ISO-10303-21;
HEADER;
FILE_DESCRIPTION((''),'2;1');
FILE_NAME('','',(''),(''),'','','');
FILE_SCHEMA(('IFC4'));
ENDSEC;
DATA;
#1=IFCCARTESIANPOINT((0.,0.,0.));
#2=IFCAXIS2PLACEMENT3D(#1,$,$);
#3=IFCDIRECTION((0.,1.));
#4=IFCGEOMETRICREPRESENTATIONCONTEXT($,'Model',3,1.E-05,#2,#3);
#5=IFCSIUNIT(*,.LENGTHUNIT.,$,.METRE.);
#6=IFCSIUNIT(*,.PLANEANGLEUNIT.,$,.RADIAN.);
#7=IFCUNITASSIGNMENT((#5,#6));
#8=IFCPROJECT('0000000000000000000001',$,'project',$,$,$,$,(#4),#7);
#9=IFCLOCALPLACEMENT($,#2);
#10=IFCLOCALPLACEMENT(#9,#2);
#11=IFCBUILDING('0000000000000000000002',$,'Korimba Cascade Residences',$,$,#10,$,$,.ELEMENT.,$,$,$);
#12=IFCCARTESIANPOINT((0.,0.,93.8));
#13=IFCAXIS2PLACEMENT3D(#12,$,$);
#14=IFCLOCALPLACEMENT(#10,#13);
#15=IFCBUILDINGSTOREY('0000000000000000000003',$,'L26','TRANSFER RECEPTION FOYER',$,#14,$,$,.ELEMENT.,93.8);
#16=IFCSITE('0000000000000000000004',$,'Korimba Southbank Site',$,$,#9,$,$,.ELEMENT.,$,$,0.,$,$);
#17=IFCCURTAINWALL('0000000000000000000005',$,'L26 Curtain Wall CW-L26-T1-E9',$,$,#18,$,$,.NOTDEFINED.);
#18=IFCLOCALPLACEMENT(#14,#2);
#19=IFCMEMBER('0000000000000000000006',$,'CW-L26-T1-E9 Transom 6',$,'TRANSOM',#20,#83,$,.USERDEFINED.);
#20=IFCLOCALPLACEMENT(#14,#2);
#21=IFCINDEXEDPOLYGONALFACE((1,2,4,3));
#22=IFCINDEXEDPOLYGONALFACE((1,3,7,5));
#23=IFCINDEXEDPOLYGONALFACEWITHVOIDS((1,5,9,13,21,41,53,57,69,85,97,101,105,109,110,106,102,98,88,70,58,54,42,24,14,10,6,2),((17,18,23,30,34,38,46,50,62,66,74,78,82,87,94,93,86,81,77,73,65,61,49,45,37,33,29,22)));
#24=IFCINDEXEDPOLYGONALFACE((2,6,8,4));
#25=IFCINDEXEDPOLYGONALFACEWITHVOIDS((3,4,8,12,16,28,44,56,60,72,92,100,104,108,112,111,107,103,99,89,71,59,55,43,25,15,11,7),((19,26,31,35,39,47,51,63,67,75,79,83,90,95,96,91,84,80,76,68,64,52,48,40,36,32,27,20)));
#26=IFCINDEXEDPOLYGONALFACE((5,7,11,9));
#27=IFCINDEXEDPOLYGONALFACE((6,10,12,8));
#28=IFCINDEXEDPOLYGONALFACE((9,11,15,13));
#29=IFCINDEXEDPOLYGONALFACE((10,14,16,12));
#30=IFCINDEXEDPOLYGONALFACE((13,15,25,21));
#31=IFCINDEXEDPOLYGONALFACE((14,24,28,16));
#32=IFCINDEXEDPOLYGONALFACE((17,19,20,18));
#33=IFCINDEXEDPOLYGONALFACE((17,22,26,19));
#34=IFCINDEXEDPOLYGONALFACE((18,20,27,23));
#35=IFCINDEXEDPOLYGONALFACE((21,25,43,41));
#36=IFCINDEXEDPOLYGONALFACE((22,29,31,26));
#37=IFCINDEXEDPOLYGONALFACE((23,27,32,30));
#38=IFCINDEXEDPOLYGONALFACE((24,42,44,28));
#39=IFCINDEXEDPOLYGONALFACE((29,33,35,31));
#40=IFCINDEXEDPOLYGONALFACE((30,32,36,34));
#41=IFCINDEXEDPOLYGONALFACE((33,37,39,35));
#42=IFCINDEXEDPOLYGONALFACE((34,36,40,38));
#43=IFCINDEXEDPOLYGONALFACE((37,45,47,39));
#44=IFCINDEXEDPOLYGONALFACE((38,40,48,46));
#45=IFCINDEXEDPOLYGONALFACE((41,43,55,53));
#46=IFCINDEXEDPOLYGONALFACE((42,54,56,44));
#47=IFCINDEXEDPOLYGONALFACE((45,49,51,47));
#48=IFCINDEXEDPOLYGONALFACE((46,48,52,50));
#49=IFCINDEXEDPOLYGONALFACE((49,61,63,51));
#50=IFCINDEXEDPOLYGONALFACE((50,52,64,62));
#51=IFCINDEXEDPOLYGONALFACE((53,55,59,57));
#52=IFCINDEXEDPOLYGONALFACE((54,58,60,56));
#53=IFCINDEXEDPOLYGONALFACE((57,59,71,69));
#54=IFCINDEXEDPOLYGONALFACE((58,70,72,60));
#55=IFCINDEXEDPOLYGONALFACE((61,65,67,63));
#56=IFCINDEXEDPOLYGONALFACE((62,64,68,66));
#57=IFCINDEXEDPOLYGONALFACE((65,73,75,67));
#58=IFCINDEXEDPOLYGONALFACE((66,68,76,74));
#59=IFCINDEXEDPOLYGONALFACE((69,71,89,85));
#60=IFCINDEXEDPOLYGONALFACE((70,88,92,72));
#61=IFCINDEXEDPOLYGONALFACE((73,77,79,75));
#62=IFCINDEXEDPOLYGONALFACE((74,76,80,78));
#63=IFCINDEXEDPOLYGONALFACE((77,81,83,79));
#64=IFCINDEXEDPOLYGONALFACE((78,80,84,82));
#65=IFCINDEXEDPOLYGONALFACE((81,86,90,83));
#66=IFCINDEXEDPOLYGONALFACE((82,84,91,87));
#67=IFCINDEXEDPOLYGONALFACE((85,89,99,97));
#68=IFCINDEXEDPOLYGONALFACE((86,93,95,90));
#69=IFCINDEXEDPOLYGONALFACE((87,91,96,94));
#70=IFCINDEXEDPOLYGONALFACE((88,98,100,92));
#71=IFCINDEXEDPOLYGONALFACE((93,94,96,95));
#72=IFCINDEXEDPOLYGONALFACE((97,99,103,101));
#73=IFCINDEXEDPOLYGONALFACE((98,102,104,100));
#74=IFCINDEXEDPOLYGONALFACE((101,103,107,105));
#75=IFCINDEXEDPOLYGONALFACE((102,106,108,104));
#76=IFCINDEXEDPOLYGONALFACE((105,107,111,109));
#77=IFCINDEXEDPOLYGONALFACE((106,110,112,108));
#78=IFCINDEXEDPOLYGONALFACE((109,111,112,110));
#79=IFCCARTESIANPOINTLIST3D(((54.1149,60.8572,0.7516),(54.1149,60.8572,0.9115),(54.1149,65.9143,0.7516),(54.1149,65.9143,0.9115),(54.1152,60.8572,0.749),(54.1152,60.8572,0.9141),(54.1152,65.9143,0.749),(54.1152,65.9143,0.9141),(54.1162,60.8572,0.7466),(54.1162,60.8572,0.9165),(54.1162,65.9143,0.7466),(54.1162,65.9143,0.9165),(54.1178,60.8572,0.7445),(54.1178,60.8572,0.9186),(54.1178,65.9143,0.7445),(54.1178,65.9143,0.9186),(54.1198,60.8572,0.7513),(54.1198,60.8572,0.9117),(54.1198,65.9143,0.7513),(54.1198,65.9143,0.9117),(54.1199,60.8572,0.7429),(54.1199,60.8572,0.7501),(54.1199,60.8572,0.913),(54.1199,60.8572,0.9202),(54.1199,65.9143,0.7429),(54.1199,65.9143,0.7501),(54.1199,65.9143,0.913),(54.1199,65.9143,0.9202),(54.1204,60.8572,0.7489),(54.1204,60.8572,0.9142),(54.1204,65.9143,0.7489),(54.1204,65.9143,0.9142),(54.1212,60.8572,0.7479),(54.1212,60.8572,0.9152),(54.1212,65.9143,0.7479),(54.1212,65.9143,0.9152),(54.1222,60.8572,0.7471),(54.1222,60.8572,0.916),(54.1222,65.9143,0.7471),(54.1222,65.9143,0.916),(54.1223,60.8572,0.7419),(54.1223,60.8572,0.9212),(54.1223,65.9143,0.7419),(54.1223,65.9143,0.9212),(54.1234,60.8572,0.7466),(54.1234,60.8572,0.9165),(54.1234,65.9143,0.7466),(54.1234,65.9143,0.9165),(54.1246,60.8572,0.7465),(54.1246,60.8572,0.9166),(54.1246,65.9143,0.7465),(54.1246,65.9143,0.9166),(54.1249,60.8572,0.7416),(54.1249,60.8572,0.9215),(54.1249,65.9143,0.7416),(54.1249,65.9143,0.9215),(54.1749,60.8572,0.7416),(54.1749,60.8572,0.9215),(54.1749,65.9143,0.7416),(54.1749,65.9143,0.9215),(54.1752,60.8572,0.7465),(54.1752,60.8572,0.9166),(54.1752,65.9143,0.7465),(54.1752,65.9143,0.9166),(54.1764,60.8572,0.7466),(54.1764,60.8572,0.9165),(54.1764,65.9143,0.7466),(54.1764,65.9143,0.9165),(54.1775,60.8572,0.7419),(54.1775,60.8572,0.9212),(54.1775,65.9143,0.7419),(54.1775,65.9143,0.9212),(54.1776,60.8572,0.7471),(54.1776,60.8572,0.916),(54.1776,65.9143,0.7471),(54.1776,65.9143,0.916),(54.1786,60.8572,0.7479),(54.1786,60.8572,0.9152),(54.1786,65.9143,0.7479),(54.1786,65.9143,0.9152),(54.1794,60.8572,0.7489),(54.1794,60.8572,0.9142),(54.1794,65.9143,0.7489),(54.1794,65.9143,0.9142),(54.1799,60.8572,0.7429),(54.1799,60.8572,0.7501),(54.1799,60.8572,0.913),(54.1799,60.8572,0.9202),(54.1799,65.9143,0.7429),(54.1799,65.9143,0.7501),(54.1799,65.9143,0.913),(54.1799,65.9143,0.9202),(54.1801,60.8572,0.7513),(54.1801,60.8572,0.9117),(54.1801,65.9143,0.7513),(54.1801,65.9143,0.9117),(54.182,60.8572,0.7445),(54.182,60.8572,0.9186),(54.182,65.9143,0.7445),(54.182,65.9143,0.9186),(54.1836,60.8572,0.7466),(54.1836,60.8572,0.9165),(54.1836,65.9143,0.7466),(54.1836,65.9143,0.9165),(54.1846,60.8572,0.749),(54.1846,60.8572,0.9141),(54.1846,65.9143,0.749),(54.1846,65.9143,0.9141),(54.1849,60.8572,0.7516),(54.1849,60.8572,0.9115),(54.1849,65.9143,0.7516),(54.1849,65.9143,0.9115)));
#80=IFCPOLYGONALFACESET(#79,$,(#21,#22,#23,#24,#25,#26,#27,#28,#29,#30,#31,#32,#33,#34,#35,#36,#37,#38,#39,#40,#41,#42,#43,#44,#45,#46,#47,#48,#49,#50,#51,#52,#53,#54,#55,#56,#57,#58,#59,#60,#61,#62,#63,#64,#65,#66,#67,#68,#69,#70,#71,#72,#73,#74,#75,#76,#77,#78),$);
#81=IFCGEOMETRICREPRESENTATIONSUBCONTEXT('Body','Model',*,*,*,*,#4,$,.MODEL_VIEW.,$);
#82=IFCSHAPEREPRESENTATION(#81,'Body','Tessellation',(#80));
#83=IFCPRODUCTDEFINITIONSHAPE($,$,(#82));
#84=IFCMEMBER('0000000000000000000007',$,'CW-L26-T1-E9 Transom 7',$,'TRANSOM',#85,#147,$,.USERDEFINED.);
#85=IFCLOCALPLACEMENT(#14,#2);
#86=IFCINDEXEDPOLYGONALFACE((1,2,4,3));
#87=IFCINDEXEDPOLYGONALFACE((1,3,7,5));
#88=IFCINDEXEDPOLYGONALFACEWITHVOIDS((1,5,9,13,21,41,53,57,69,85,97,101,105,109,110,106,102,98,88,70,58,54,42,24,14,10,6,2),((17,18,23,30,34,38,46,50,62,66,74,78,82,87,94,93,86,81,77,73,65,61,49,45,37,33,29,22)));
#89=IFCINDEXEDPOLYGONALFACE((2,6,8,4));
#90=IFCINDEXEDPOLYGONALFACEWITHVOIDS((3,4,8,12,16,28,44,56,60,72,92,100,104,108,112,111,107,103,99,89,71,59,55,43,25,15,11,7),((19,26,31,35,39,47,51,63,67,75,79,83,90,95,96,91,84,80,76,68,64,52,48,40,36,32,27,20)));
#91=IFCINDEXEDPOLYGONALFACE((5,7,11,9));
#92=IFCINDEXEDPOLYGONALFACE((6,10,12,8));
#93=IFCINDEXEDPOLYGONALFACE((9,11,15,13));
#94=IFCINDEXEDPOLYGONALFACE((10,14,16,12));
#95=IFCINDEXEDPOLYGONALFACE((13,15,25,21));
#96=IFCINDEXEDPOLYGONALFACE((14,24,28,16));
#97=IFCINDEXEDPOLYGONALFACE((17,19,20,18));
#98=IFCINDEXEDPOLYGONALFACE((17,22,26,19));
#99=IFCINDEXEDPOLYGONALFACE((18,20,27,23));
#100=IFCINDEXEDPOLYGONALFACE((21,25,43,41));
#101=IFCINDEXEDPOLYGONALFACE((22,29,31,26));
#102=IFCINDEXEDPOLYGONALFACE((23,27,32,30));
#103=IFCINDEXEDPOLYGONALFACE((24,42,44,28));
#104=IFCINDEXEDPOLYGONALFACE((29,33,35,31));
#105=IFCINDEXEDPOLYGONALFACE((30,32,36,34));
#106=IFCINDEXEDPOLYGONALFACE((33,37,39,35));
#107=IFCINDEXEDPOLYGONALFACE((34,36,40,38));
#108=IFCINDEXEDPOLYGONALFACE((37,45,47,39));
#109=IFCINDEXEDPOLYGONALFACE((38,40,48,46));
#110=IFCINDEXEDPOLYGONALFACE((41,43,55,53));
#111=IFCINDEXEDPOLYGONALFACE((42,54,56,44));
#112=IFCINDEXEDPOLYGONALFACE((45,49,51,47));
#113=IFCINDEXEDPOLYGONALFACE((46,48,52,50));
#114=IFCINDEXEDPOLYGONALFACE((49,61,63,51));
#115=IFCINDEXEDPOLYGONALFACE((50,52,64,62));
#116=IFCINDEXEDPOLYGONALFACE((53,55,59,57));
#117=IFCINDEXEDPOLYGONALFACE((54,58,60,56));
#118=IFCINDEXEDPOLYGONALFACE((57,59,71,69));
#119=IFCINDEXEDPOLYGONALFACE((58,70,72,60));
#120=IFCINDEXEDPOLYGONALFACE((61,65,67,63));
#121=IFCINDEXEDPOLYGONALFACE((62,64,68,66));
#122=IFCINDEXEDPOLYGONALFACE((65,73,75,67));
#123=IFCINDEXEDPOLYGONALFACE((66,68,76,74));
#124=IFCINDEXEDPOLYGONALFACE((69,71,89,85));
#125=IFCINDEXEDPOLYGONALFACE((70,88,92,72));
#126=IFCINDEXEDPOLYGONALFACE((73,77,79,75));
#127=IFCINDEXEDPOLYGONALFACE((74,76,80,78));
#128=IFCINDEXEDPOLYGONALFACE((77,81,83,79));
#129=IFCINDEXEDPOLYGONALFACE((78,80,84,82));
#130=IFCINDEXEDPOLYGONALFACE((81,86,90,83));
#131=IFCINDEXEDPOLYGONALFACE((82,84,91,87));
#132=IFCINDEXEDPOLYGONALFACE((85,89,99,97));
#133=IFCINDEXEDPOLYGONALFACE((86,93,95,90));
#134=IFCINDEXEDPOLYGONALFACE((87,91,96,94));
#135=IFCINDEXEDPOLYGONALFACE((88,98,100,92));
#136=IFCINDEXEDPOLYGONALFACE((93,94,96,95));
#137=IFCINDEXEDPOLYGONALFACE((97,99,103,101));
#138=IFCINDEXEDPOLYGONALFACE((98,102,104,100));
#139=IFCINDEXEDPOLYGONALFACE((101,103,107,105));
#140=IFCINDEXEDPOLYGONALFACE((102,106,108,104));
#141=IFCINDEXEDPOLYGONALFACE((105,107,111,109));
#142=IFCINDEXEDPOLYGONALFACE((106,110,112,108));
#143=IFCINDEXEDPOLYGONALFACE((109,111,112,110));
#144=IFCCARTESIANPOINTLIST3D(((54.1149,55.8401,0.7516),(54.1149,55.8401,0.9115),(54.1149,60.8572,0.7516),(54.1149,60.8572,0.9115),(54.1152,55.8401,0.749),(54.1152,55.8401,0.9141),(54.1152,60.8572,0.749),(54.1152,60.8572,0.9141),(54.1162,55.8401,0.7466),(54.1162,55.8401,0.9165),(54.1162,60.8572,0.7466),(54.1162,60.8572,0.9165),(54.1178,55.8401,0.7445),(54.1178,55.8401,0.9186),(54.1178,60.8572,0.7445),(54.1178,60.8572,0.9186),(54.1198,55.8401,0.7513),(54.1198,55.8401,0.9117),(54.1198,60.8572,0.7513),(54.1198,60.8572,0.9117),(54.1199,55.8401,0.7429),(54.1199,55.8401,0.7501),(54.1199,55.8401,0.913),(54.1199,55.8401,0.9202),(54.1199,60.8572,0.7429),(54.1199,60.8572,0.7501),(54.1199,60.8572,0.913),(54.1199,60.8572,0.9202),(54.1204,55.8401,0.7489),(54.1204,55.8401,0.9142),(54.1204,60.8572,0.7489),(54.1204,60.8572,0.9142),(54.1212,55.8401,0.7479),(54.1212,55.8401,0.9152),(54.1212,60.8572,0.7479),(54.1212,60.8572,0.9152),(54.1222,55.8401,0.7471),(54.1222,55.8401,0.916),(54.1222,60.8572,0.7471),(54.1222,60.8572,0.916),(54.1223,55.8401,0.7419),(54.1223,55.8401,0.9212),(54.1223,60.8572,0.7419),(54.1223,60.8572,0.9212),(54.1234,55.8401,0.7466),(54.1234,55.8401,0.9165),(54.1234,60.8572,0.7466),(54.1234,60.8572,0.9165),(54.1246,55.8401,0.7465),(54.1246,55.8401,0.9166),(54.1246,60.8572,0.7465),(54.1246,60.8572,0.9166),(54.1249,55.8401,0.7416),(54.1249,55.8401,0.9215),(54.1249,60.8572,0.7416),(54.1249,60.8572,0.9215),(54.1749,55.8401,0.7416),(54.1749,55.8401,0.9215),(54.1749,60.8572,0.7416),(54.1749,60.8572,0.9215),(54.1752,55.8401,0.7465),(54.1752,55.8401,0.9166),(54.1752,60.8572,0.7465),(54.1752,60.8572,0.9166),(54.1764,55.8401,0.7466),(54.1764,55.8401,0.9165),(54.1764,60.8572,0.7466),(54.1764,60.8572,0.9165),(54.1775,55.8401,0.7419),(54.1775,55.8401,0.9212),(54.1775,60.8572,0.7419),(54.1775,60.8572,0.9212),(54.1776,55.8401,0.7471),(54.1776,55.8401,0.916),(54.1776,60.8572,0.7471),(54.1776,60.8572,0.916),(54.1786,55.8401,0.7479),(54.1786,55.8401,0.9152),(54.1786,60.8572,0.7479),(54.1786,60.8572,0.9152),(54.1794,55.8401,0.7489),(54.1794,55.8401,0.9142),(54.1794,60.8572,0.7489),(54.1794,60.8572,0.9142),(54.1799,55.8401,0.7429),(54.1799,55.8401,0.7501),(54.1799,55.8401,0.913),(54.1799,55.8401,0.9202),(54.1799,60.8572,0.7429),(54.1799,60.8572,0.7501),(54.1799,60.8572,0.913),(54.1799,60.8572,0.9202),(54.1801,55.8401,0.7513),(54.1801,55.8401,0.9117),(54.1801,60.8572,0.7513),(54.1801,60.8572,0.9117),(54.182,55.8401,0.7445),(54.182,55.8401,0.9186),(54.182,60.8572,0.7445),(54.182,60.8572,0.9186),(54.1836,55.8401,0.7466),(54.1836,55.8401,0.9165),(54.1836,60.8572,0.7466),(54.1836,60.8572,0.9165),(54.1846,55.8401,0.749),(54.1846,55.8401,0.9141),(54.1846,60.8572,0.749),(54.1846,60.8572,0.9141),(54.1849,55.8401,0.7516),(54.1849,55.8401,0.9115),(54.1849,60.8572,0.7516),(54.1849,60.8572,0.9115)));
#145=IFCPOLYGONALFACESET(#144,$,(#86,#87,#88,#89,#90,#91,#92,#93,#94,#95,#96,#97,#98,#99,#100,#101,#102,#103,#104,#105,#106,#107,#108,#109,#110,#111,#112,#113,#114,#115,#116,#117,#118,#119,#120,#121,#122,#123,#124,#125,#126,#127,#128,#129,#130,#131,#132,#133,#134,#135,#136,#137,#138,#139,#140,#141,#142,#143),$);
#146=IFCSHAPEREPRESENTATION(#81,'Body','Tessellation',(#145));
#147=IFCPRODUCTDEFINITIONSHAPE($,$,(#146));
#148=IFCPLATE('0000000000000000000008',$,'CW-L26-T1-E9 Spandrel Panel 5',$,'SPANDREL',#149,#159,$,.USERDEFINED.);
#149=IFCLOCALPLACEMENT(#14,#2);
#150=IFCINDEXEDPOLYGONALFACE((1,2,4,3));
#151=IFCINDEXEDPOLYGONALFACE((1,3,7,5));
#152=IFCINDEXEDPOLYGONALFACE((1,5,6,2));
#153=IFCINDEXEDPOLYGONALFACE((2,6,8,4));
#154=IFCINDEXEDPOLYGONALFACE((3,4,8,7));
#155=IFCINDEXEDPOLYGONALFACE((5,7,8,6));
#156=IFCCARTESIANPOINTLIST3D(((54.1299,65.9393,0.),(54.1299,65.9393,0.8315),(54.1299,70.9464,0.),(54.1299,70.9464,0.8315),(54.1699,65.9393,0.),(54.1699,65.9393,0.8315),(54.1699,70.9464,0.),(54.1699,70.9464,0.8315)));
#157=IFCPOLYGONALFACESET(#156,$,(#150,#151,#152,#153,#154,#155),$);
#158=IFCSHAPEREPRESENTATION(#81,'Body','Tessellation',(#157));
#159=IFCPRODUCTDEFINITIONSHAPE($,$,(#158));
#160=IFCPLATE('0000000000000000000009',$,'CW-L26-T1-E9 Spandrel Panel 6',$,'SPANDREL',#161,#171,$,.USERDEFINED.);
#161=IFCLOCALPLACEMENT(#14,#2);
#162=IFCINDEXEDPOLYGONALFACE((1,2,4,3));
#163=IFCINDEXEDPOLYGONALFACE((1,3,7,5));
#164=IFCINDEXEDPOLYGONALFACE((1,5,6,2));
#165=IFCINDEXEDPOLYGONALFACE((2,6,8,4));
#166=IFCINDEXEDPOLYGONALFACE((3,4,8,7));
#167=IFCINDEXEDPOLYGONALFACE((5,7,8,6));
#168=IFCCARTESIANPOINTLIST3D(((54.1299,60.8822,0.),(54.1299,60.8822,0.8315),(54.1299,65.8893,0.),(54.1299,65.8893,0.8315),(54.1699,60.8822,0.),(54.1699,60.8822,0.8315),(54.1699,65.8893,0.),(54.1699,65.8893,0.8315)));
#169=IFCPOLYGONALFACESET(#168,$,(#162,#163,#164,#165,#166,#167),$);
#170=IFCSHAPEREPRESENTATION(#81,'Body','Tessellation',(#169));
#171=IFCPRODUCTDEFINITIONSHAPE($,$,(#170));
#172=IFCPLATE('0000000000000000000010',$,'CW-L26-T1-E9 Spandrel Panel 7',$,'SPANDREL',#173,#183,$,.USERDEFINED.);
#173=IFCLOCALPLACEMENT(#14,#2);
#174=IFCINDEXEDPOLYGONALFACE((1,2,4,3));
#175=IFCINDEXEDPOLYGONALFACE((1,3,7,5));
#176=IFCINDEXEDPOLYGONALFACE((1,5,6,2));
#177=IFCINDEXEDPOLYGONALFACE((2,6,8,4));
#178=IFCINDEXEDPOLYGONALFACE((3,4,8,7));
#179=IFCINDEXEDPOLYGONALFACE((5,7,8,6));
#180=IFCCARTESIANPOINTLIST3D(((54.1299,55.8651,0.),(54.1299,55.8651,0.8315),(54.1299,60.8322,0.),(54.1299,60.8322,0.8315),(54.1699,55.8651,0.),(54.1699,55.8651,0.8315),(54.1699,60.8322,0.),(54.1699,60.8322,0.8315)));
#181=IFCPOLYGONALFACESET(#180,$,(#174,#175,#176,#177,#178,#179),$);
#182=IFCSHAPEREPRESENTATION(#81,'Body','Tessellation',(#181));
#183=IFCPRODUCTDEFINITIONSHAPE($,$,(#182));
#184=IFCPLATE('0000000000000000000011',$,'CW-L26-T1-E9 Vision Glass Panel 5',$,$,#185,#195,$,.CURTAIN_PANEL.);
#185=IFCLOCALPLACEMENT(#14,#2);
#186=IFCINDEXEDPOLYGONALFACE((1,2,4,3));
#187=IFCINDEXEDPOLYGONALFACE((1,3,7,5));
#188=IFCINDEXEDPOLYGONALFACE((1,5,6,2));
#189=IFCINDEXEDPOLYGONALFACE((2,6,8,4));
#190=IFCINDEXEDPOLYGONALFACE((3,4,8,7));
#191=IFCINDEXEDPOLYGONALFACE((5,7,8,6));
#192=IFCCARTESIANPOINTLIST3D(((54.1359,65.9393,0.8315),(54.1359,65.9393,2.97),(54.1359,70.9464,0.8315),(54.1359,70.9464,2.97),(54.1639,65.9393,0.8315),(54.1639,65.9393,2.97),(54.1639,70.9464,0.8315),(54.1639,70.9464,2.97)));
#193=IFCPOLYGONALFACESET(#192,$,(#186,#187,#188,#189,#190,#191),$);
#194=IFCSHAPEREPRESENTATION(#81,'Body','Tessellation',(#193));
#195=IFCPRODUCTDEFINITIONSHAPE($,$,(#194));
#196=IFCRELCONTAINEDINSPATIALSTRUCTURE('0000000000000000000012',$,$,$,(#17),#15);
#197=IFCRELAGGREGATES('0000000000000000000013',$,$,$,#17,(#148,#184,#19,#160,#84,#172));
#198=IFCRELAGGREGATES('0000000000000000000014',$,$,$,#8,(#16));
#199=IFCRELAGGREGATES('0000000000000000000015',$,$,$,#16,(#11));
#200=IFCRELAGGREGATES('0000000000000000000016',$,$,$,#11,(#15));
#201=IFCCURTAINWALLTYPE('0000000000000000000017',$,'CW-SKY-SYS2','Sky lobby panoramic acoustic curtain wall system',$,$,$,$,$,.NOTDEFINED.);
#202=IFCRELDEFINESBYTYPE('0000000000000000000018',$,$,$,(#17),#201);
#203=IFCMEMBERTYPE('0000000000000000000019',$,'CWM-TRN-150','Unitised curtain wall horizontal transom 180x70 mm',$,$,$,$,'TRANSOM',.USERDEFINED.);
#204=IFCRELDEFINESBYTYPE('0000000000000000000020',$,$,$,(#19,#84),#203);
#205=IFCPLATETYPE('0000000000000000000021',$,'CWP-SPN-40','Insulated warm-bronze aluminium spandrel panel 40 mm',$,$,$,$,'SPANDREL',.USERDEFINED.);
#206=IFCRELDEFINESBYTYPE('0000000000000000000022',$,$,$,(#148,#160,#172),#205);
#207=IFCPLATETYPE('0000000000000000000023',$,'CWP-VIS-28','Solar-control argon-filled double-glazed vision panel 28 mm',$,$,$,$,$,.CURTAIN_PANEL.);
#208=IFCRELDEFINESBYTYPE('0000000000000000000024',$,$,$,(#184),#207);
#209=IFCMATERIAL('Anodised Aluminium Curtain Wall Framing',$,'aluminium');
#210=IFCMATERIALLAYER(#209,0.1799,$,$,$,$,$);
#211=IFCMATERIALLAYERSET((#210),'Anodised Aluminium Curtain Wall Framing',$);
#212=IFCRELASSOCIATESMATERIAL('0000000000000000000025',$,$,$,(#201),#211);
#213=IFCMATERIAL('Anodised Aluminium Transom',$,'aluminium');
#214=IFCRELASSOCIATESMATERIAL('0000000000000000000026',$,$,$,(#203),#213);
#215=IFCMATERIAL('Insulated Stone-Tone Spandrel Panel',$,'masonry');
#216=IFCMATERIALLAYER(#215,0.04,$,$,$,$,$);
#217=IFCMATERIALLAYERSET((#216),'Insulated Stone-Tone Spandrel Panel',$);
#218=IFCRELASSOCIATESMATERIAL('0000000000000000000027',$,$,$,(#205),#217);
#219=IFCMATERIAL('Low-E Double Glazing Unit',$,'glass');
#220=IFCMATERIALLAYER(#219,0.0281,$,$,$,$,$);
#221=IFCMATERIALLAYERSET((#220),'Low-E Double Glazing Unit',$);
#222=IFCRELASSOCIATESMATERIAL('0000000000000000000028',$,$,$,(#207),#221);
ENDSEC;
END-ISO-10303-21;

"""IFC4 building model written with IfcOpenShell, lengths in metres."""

from ifc_helpers import new_model, si_unit, direction, frame, origin, origin_2d, place, context, subcontext, project, spatial, rectangle, hollow_rectangle, extrude, material, layer, layer_set, material_profile, profile_set, type_object, element, aggregate, save


model = new_model("IFC4")

# Units and contexts
model_context = context("Model", 3, precision=1e-05, world=origin(), true_north=direction((0.0, 1.0)))
body_context = subcontext(model_context, "Body", "Model", "MODEL_VIEW")
ifc_project = project(units=[si_unit("LENGTHUNIT", "METRE"), si_unit("PLANEANGLEUNIT", "RADIAN")], contexts=[model_context])

# Site, building, storey
site_placement = place(None, origin())
site = spatial("IfcSite", under=ifc_project, at=site_placement, Name="Korimba Southbank Site", CompositionType="ELEMENT", RefElevation=0.0)
building_placement = place(site_placement, origin())
building = spatial("IfcBuilding", under=site, at=building_placement, Name="Korimba Cascade Residences", CompositionType="ELEMENT")
storey_placement = place(building_placement, frame((0.0, 0.0, 93.8)))
storey = spatial("IfcBuildingStorey", under=building, at=storey_placement, Name="L26", Description="TRANSFER RECEPTION FOYER", CompositionType="ELEMENT", Elevation=93.8)

# Curtain wall, members, plates
ifc_material_1 = material(Name="Anodised Aluminium Curtain Wall Framing", Category="aluminium")
ifc_layer_1 = layer(ifc_material_1, 0.1799)
ifc_layer_set_1 = layer_set([ifc_layer_1], Name="Anodised Aluminium Curtain Wall Framing")
curtain_wall_type = type_object("IfcCurtainWallType", Name="CW-SKY-SYS2", Description="Sky lobby panoramic acoustic curtain wall system", PredefinedType="NOTDEFINED", material=ifc_layer_set_1)
curtain_wall_placement = place(storey_placement, origin())
curtain_wall = element("IfcCurtainWall", 1, at=curtain_wall_placement, inside=storey, type_object=curtain_wall_type, Name="L26 Curtain Wall CW-L26-T1-E9", PredefinedType="NOTDEFINED")
ifc_material_2 = material(Name="Anodised Aluminium Transom", Category="aluminium")
ifc_material_profile_1 = material_profile(ifc_material_2, hollow_rectangle(XDim=0.0701, YDim=0.1799, WallThickness=0.0049, InnerFilletRadius=0.0049, OuterFilletRadius=0.01, at=origin_2d()), Name="Anodised Aluminium Transom")
ifc_profile_set_1 = profile_set([ifc_material_profile_1], Name="Anodised Aluminium Transom")
member_type_1 = type_object("IfcMemberType", Name="CWM-TRN-150", Description="Unitised curtain wall horizontal transom 180x70 mm", ElementType="TRANSOM", PredefinedType="USERDEFINED", material=ifc_profile_set_1)
member_1_placement = place(storey_placement, frame((54.1499, 65.9143, 0.8315), z_axis=(0.0, -1.0, 0.0), x_axis=(1.0, 0.0, 0.0)))
member_1 = element("IfcMember", 2, at=member_1_placement, type_object=member_type_1, Name="CW-L26-T1-E9 Transom 6", ObjectType="TRANSOM", PredefinedType="USERDEFINED", context=body_context, shape_type="SweptSolid", body=[
    extrude(hollow_rectangle(XDim=0.0701, YDim=0.1799, WallThickness=0.0049, InnerFilletRadius=0.0049, OuterFilletRadius=0.01, at=origin_2d()), origin(), (0.0, 0.0, 1.0), 5.0571),
])
member_2_placement = place(storey_placement, frame((54.1499, 60.8572, 0.8315), z_axis=(0.0, -1.0, 0.0), x_axis=(1.0, 0.0, 0.0)))
member_2 = element("IfcMember", 3, at=member_2_placement, type_object=member_type_1, Name="CW-L26-T1-E9 Transom 7", ObjectType="TRANSOM", PredefinedType="USERDEFINED", context=body_context, shape_type="SweptSolid", body=[
    extrude(hollow_rectangle(XDim=0.0701, YDim=0.1799, WallThickness=0.0049, InnerFilletRadius=0.0049, OuterFilletRadius=0.01, at=origin_2d()), origin(), (0.0, 0.0, 1.0), 5.0171),
])
ifc_material_3 = material(Name="Insulated Stone-Tone Spandrel Panel", Category="masonry")
ifc_layer_2 = layer(ifc_material_3, 0.04)
ifc_layer_set_2 = layer_set([ifc_layer_2], Name="Insulated Stone-Tone Spandrel Panel")
plate_type_1 = type_object("IfcPlateType", Name="CWP-SPN-40", Description="Insulated warm-bronze aluminium spandrel panel 40 mm", ElementType="SPANDREL", PredefinedType="USERDEFINED", material=ifc_layer_set_2)
plate_1_placement = place(storey_placement, frame((54.1499, 68.4429, 0.0), z_axis=(0.0, 0.0, 1.0), x_axis=(0.0, -1.0, 0.0)))
plate_1 = element("IfcPlate", 4, at=plate_1_placement, type_object=plate_type_1, Name="CW-L26-T1-E9 Spandrel Panel 5", ObjectType="SPANDREL", PredefinedType="USERDEFINED", context=body_context, shape_type="SweptSolid", body=[
    extrude(rectangle(XDim=5.0071, YDim=0.04, at=origin_2d()), origin(), (0.0, 0.0, 1.0), 0.8315),
])
plate_2_placement = place(storey_placement, frame((54.1499, 63.3857, 0.0), z_axis=(0.0, 0.0, 1.0), x_axis=(0.0, -1.0, 0.0)))
plate_2 = element("IfcPlate", 5, at=plate_2_placement, type_object=plate_type_1, Name="CW-L26-T1-E9 Spandrel Panel 6", ObjectType="SPANDREL", PredefinedType="USERDEFINED", context=body_context, shape_type="SweptSolid", body=[
    extrude(rectangle(XDim=5.0071, YDim=0.04, at=origin_2d()), origin(), (0.0, 0.0, 1.0), 0.8315),
])
plate_3_placement = place(storey_placement, frame((54.1499, 58.3486, 0.0), z_axis=(0.0, 0.0, 1.0), x_axis=(0.0, -1.0, 0.0)))
plate_3 = element("IfcPlate", 6, at=plate_3_placement, type_object=plate_type_1, Name="CW-L26-T1-E9 Spandrel Panel 7", ObjectType="SPANDREL", PredefinedType="USERDEFINED", context=body_context, shape_type="SweptSolid", body=[
    extrude(rectangle(XDim=4.967, YDim=0.04, at=origin_2d()), origin(), (0.0, 0.0, 1.0), 0.8315),
])
ifc_material_4 = material(Name="Low-E Double Glazing Unit", Category="glass")
ifc_layer_3 = layer(ifc_material_4, 0.0281)
ifc_layer_set_3 = layer_set([ifc_layer_3], Name="Low-E Double Glazing Unit")
plate_type_2 = type_object("IfcPlateType", Name="CWP-VIS-28", Description="Solar-control argon-filled double-glazed vision panel 28 mm", PredefinedType="CURTAIN_PANEL", material=ifc_layer_set_3)
plate_4_placement = place(storey_placement, frame((54.1499, 68.4429, 0.8315), z_axis=(0.0, 0.0, 1.0), x_axis=(0.0, -1.0, 0.0)))
plate_4 = element("IfcPlate", 7, at=plate_4_placement, type_object=plate_type_2, Name="CW-L26-T1-E9 Vision Glass Panel 5", PredefinedType="CURTAIN_PANEL", context=body_context, shape_type="SweptSolid", body=[
    extrude(rectangle(XDim=5.0071, YDim=0.0281, at=origin_2d()), origin(), (0.0, 0.0, 1.0), 2.1384),
])
aggregate(curtain_wall, [plate_1, plate_4, member_1, plate_2, member_2, plate_3])

save(model, "model.ifc")
